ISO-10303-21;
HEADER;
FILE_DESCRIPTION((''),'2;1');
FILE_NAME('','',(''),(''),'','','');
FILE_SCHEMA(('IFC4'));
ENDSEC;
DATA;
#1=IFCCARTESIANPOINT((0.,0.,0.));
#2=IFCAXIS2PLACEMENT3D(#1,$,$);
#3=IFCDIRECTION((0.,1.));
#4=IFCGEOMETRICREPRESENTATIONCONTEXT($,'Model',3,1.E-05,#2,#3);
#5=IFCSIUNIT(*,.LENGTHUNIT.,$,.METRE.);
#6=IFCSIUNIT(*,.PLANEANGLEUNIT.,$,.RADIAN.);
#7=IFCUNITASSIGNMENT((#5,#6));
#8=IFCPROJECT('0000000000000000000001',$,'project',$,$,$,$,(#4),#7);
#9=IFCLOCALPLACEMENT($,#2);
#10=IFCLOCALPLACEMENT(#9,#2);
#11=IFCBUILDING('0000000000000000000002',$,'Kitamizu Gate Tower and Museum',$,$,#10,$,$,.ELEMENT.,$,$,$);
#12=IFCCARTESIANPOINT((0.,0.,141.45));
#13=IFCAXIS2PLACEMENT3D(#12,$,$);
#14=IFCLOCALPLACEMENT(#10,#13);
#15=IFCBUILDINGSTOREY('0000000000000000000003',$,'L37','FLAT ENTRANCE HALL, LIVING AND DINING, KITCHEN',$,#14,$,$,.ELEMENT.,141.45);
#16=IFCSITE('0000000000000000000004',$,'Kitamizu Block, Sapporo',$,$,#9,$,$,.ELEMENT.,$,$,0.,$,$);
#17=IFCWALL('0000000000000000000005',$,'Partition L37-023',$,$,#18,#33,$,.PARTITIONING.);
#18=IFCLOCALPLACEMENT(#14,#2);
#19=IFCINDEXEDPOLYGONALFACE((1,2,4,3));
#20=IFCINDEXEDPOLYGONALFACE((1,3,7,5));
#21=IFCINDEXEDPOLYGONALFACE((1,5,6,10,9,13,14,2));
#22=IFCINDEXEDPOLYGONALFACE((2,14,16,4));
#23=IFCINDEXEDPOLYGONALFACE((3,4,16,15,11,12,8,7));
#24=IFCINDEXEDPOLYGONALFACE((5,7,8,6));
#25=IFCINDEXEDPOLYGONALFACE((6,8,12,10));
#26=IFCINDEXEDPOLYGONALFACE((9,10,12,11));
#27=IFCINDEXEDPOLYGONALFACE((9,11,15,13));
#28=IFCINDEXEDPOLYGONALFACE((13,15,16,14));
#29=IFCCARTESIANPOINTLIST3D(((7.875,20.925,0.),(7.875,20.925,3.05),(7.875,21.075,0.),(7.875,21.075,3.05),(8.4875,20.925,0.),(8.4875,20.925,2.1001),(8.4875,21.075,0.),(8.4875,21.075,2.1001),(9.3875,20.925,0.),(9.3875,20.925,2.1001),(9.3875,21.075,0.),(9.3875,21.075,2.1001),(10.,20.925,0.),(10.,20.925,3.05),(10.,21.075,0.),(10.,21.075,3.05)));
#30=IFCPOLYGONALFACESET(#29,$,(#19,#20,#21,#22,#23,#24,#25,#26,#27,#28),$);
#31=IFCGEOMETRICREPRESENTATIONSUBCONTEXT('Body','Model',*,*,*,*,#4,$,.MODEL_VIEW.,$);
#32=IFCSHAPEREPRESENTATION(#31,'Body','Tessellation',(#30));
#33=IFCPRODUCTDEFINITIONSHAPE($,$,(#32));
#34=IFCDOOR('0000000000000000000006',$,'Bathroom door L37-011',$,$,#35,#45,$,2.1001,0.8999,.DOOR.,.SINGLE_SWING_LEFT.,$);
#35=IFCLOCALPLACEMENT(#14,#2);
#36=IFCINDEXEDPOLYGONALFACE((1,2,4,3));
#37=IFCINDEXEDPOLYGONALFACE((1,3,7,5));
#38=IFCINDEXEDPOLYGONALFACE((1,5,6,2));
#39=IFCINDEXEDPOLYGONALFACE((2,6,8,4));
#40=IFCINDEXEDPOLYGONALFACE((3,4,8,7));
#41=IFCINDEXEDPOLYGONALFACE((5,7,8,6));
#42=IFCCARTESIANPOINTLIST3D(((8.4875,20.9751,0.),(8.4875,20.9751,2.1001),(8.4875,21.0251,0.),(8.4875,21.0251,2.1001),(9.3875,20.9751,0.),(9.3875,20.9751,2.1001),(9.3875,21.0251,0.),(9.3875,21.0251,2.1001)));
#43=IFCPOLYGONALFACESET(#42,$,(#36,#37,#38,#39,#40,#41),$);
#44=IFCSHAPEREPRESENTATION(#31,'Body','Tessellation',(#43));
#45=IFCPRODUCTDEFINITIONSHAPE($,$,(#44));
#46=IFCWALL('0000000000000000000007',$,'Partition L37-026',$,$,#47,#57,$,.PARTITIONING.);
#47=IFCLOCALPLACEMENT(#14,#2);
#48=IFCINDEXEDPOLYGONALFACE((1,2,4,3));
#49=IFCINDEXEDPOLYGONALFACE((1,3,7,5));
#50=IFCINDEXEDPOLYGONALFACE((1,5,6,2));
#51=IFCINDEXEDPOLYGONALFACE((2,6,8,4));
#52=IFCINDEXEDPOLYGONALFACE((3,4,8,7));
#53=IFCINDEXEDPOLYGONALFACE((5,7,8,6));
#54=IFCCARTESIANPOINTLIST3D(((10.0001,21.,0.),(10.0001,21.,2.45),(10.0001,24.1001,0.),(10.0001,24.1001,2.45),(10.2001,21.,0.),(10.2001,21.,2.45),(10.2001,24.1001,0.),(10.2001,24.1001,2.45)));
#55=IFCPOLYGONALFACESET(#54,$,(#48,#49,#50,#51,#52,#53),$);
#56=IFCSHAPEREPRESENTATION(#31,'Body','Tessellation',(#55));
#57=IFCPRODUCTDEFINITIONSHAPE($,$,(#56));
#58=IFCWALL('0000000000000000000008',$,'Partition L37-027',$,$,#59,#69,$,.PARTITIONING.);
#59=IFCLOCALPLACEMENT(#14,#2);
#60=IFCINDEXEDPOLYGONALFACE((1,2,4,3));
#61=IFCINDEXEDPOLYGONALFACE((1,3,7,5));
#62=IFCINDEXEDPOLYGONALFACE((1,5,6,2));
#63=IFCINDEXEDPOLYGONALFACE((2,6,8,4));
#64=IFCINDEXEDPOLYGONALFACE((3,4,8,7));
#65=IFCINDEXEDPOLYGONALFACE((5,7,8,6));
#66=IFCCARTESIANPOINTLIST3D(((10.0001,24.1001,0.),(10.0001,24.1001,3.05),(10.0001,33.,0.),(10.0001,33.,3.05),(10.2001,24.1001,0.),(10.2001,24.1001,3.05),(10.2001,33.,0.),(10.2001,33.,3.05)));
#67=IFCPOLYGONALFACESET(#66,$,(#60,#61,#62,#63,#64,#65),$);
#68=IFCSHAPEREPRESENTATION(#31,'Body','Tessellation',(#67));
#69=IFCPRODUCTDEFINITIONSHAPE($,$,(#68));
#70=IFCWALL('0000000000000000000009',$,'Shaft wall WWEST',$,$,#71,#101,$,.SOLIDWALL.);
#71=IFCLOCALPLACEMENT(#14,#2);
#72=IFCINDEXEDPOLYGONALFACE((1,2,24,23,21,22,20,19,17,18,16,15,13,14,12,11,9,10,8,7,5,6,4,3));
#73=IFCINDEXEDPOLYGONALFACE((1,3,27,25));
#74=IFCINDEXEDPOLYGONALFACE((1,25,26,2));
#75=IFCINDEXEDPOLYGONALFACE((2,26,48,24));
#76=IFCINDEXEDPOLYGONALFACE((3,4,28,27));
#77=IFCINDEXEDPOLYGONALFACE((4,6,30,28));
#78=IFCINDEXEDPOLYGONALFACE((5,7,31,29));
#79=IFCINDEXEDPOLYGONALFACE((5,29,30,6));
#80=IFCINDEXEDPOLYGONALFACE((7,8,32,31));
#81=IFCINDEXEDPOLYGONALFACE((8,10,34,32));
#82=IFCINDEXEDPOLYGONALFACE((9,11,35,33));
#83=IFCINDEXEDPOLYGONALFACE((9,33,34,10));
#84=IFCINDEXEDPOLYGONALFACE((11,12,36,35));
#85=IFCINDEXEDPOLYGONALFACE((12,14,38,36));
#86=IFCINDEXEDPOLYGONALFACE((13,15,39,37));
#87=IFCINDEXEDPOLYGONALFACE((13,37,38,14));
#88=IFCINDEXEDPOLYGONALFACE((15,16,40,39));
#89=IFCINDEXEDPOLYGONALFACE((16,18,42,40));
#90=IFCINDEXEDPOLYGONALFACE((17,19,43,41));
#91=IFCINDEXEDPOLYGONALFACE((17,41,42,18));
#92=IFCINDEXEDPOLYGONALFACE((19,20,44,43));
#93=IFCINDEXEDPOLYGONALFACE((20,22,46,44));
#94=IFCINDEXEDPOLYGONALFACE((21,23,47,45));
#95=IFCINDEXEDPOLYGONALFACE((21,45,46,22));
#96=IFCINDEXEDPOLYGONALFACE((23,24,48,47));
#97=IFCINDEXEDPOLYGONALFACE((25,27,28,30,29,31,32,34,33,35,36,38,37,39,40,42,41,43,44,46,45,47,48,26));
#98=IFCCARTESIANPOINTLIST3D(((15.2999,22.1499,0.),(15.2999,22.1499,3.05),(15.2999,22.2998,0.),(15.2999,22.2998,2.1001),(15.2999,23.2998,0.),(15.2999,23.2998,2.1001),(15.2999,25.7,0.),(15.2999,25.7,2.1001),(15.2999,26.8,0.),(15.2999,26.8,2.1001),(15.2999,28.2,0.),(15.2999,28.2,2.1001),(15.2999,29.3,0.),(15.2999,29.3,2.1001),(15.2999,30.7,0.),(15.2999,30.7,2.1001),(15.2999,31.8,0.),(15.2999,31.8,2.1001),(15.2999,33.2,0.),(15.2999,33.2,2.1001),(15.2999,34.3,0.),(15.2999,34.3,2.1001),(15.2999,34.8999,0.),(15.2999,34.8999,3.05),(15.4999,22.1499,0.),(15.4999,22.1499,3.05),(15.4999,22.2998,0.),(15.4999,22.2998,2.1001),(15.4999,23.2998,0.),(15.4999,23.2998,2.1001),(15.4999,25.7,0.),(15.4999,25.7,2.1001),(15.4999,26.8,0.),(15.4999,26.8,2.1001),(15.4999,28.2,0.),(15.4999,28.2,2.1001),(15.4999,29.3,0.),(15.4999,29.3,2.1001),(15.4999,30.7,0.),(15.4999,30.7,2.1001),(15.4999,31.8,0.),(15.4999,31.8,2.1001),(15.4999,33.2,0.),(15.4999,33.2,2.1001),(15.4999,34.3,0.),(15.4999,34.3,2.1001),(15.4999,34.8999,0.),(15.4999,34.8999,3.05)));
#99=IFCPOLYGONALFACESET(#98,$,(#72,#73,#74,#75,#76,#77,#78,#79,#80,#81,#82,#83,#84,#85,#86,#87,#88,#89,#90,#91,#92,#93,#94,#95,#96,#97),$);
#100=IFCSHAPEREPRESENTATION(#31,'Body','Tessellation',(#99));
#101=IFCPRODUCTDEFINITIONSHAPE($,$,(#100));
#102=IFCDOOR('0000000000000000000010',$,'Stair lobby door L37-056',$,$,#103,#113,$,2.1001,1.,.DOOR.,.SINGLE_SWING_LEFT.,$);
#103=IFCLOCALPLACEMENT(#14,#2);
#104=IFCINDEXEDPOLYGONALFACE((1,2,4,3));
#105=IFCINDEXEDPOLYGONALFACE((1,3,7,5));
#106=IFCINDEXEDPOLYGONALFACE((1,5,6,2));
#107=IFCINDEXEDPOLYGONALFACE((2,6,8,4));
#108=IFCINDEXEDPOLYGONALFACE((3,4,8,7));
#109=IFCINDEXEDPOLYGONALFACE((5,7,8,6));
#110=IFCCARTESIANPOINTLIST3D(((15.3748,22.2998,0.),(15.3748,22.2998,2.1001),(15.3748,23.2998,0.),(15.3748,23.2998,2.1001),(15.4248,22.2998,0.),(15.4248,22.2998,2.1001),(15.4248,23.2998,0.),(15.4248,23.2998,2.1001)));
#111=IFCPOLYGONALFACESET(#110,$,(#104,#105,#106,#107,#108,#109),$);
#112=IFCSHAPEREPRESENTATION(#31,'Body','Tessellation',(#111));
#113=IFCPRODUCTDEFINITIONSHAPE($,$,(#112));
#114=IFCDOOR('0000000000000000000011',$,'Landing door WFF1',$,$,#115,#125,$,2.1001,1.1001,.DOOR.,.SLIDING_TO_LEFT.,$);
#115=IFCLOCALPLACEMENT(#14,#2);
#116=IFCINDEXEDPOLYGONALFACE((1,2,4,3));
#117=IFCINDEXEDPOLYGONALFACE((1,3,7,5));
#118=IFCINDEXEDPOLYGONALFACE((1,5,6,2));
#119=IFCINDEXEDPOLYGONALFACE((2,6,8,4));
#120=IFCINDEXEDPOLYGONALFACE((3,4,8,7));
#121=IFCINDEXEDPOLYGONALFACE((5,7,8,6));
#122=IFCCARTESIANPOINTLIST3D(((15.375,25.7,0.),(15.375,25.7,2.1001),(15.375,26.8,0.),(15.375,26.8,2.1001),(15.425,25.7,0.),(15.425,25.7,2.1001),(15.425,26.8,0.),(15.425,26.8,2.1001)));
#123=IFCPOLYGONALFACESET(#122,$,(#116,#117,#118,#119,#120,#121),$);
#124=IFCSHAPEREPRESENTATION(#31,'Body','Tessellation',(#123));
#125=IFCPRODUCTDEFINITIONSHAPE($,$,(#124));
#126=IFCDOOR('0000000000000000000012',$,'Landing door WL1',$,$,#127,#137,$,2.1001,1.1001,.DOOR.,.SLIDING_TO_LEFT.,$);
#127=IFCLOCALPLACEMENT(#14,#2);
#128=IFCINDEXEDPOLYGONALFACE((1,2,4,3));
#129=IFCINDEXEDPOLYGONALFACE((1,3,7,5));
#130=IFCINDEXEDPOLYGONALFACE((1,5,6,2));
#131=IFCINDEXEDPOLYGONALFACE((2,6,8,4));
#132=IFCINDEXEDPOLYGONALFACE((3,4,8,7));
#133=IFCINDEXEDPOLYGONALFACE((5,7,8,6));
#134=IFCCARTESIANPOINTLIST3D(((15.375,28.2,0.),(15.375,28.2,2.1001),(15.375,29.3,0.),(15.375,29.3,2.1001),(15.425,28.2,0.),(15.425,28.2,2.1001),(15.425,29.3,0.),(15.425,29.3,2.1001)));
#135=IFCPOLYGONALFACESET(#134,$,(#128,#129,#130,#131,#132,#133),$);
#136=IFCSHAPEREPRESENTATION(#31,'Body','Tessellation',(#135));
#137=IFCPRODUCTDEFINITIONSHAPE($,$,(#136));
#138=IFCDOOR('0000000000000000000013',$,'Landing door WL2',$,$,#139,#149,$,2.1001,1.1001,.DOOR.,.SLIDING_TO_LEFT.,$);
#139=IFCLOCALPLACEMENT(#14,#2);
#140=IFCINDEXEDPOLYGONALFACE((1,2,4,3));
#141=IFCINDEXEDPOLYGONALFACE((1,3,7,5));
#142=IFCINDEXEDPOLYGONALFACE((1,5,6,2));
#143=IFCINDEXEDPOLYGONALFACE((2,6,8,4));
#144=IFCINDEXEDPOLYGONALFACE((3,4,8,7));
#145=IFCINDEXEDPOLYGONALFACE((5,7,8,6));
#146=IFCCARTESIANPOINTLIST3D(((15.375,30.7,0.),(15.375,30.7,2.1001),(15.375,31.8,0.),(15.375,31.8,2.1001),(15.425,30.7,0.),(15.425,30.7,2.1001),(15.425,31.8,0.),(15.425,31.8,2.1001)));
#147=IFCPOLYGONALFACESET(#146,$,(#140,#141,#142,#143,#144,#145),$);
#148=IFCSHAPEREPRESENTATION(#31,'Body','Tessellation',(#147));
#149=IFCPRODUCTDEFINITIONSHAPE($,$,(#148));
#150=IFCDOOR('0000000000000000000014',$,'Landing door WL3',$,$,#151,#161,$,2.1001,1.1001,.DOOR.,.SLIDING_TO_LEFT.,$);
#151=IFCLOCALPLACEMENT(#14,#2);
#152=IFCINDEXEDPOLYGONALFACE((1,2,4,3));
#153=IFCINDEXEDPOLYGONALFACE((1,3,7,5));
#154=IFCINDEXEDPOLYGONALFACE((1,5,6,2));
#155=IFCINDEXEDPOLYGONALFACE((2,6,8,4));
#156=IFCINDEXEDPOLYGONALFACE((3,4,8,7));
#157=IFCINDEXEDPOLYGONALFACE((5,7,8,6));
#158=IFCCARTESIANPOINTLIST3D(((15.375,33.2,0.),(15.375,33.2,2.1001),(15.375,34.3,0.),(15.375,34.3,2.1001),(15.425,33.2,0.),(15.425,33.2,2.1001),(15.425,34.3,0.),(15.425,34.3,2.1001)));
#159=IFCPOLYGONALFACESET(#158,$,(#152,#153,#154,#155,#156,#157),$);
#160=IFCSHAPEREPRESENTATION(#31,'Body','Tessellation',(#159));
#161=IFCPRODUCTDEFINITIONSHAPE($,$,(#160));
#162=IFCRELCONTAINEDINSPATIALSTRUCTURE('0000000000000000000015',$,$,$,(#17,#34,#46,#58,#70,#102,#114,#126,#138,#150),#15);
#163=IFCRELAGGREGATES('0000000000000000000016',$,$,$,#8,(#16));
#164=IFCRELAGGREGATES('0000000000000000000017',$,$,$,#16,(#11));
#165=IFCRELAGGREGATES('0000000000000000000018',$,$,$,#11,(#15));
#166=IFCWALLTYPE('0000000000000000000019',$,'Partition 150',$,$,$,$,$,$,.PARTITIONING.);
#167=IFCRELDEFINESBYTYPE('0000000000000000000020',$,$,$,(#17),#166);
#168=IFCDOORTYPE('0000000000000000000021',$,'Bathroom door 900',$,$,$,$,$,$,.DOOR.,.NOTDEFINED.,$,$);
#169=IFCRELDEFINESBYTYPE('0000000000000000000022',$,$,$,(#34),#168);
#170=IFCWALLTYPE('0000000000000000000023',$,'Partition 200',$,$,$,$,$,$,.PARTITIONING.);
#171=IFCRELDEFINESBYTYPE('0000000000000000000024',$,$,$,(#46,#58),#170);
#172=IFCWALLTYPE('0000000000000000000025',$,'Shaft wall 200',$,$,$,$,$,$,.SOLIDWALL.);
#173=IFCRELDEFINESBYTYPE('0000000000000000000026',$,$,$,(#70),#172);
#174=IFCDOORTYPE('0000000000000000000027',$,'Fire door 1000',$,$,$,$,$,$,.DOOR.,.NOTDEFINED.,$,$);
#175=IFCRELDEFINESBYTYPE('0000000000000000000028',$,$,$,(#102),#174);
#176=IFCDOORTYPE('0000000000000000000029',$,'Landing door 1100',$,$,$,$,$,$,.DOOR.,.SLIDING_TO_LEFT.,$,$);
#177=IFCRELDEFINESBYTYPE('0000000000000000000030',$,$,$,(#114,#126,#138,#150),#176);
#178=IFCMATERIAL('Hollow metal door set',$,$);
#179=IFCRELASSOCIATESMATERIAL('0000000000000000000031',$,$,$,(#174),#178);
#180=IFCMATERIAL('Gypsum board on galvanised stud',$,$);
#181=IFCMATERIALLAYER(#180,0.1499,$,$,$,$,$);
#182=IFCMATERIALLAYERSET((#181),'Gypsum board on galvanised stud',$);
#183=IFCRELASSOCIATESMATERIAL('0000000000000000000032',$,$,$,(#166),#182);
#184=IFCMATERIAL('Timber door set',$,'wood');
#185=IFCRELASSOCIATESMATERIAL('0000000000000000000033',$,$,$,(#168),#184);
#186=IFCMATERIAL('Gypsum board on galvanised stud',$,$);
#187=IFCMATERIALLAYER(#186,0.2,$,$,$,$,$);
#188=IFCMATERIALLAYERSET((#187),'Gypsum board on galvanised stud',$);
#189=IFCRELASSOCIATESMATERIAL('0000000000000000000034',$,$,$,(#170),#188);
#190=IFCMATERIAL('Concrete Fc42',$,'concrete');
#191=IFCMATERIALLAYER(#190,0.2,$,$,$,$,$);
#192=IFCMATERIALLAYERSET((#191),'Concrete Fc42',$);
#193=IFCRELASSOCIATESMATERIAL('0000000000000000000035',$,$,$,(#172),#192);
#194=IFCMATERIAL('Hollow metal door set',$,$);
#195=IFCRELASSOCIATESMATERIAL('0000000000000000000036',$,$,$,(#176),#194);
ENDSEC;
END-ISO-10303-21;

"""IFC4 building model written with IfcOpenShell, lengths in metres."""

from ifc_helpers import new_model, si_unit, direction, frame, frame_2d, origin, place, context, subcontext, project, spatial, rectangle, extrude, material, layer, layer_set, type_object, element, fill, save


model = new_model("IFC4")

# Units and contexts
model_context = context("Model", 3, precision=1e-05, world=origin(), true_north=direction((0.0, 1.0)))
body_context = subcontext(model_context, "Body", "Model", "MODEL_VIEW")
ifc_project = project(units=[si_unit("LENGTHUNIT", "METRE"), si_unit("PLANEANGLEUNIT", "RADIAN")], contexts=[model_context])

# Site, building, storey
site_placement = place(None, origin())
site = spatial("IfcSite", under=ifc_project, at=site_placement, Name="Kitamizu Block, Sapporo", CompositionType="ELEMENT", RefElevation=0.0)
building_placement = place(site_placement, origin())
building = spatial("IfcBuilding", under=site, at=building_placement, Name="Kitamizu Gate Tower and Museum", CompositionType="ELEMENT")
storey_placement = place(building_placement, frame((0.0, 0.0, 141.45)))
storey = spatial("IfcBuildingStorey", under=building, at=storey_placement, Name="L37", Description="FLAT ENTRANCE HALL, LIVING AND DINING, KITCHEN", CompositionType="ELEMENT", Elevation=141.45)

# Shared definitions
ifc_material_1 = material(Name="Hollow metal door set")
door_type_1 = type_object("IfcDoorType", Name="Fire door 1000", OperationType="NOTDEFINED", PredefinedType="DOOR", material=ifc_material_1)

# Wall, opening, door
ifc_material_2 = material(Name="Gypsum board on galvanised stud")
ifc_layer_1 = layer(ifc_material_2, 0.1499)
ifc_layer_set_1 = layer_set([ifc_layer_1], Name="Gypsum board on galvanised stud")
wall_type_1 = type_object("IfcWallType", Name="Partition 150", PredefinedType="PARTITIONING", material=ifc_layer_set_1)
ifc_material_3 = material(Name="Timber door set", Category="wood")
door_type_2 = type_object("IfcDoorType", Name="Bathroom door 900", OperationType="NOTDEFINED", PredefinedType="DOOR", material=ifc_material_3)
wall_1_placement = place(storey_placement, frame((10.0, 21.0, 0.0), z_axis=(0.0, 0.0, 1.0), x_axis=(-1.0, 0.0, 0.0)))
wall_1 = element("IfcWall", 1, at=wall_1_placement, inside=storey, type_object=wall_type_1, Name="Partition L37-023", PredefinedType="PARTITIONING", context=body_context, shape_type="SweptSolid", body=[
    extrude(rectangle(XDim=2.125, YDim=0.1499, at=frame_2d((1.0625, 0.0))), origin(), (0.0, 0.0, 1.0), 3.05),
])
opening_1_placement = place(wall_1_placement, frame((0.6125, 0.0, 0.0)))
opening_1 = element("IfcOpeningElement", 2, at=opening_1_placement, cuts=wall_1, PredefinedType="OPENING", context=body_context, shape_type="SweptSolid", body=[
    extrude(rectangle(XDim=0.8999, YDim=2.1001, at=frame_2d((0.45, 1.05))), frame((0.0, 0.085, 0.0), z_axis=(0.0, -1.0, 0.0), x_axis=(1.0, 0.0, 0.0)), (0.0, 0.0, 1.0), 0.1699),
])
door_1_placement = place(opening_1_placement, origin())
door_1 = element("IfcDoor", 3, at=door_1_placement, inside=storey, type_object=door_type_2, Name="Bathroom door L37-011", OperationType="SINGLE_SWING_LEFT", OverallHeight=2.1001, OverallWidth=0.8999, PredefinedType="DOOR", context=body_context, shape_type="SweptSolid", body=[
    extrude(rectangle(XDim=0.8999, YDim=2.1001, at=frame_2d((0.45, 1.05))), frame((0.0, 0.0249, 0.0), z_axis=(0.0, -1.0, 0.0), x_axis=(1.0, 0.0, 0.0)), (0.0, 0.0, 1.0), 0.05),
])
fill(opening_1, door_1)

# Walls
ifc_material_4 = material(Name="Gypsum board on galvanised stud")
ifc_layer_2 = layer(ifc_material_4, 0.2)
ifc_layer_set_2 = layer_set([ifc_layer_2], Name="Gypsum board on galvanised stud")
wall_type_2 = type_object("IfcWallType", Name="Partition 200", PredefinedType="PARTITIONING", material=ifc_layer_set_2)
wall_2_placement = place(storey_placement, frame((10.1001, 21.0, 0.0), z_axis=(0.0, 0.0, 1.0), x_axis=(0.0, 1.0, 0.0)))
element("IfcWall", 4, at=wall_2_placement, inside=storey, type_object=wall_type_2, Name="Partition L37-026", PredefinedType="PARTITIONING", context=body_context, shape_type="SweptSolid", body=[
    extrude(rectangle(XDim=3.1001, YDim=0.2, at=frame_2d((1.55, 0.0))), origin(), (0.0, 0.0, 1.0), 2.45),
])
wall_3_placement = place(storey_placement, frame((10.1001, 24.1001, 0.0), z_axis=(0.0, 0.0, 1.0), x_axis=(0.0, 1.0, 0.0)))
element("IfcWall", 5, at=wall_3_placement, inside=storey, type_object=wall_type_2, Name="Partition L37-027", PredefinedType="PARTITIONING", context=body_context, shape_type="SweptSolid", body=[
    extrude(rectangle(XDim=8.8999, YDim=0.2, at=frame_2d((4.45, 0.0))), origin(), (0.0, 0.0, 1.0), 3.05),
])

# Wall, openings, doors
ifc_material_5 = material(Name="Concrete Fc42", Category="concrete")
ifc_layer_3 = layer(ifc_material_5, 0.2)
ifc_layer_set_3 = layer_set([ifc_layer_3], Name="Concrete Fc42")
wall_type_3 = type_object("IfcWallType", Name="Shaft wall 200", PredefinedType="SOLIDWALL", material=ifc_layer_set_3)
wall_4_placement = place(storey_placement, frame((15.3999, 22.1499, 0.0), z_axis=(0.0, 0.0, 1.0), x_axis=(0.0, 1.0, 0.0)))
wall_4 = element("IfcWall", 6, at=wall_4_placement, inside=storey, type_object=wall_type_3, Name="Shaft wall WWEST", PredefinedType="SOLIDWALL", context=body_context, shape_type="SweptSolid", body=[
    extrude(rectangle(XDim=12.75, YDim=0.2, at=frame_2d((6.375, 0.0))), origin(), (0.0, 0.0, 1.0), 3.05),
])
opening_2_placement = place(wall_4_placement, frame((3.55, 0.0, 0.0)))
opening_2 = element("IfcOpeningElement", 7, at=opening_2_placement, cuts=wall_4, PredefinedType="OPENING", context=body_context, shape_type="SweptSolid", body=[
    extrude(rectangle(XDim=1.1001, YDim=2.1001, at=frame_2d((0.55, 1.05))), frame((0.0, 0.1099, 0.0), z_axis=(0.0, -1.0, 0.0), x_axis=(1.0, 0.0, 0.0)), (0.0, 0.0, 1.0), 0.22),
])
opening_3_placement = place(wall_4_placement, frame((6.05, 0.0, 0.0)))
opening_3 = element("IfcOpeningElement", 8, at=opening_3_placement, cuts=wall_4, PredefinedType="OPENING", context=body_context, shape_type="SweptSolid", body=[
    extrude(rectangle(XDim=1.1001, YDim=2.1001, at=frame_2d((0.55, 1.05))), frame((0.0, 0.1099, 0.0), z_axis=(0.0, -1.0, 0.0), x_axis=(1.0, 0.0, 0.0)), (0.0, 0.0, 1.0), 0.22),
])
opening_4_placement = place(wall_4_placement, frame((8.55, 0.0, 0.0)))
opening_4 = element("IfcOpeningElement", 9, at=opening_4_placement, cuts=wall_4, PredefinedType="OPENING", context=body_context, shape_type="SweptSolid", body=[
    extrude(rectangle(XDim=1.1001, YDim=2.1001, at=frame_2d((0.55, 1.05))), frame((0.0, 0.1099, 0.0), z_axis=(0.0, -1.0, 0.0), x_axis=(1.0, 0.0, 0.0)), (0.0, 0.0, 1.0), 0.22),
])
opening_5_placement = place(wall_4_placement, frame((11.05, 0.0, 0.0)))
opening_5 = element("IfcOpeningElement", 10, at=opening_5_placement, cuts=wall_4, PredefinedType="OPENING", context=body_context, shape_type="SweptSolid", body=[
    extrude(rectangle(XDim=1.1001, YDim=2.1001, at=frame_2d((0.55, 1.05))), frame((0.0, 0.1099, 0.0), z_axis=(0.0, -1.0, 0.0), x_axis=(1.0, 0.0, 0.0)), (0.0, 0.0, 1.0), 0.22),
])
opening_6_placement = place(wall_4_placement, frame((0.1499, 0.0, 0.0)))
opening_6 = element("IfcOpeningElement", 11, at=opening_6_placement, cuts=wall_4, PredefinedType="OPENING", context=body_context, shape_type="SweptSolid", body=[
    extrude(rectangle(XDim=1.0, YDim=2.1001, at=frame_2d((0.5, 1.05))), frame((0.0, 0.1099, 0.0), z_axis=(0.0, -1.0, 0.0), x_axis=(1.0, 0.0, 0.0)), (0.0, 0.0, 1.0), 0.22),
])
door_2_placement = place(opening_6_placement, frame((1.0, 0.0, 0.0), x_axis=(-1.0, 0.0, 0.0)))
door_2 = element("IfcDoor", 12, at=door_2_placement, inside=storey, type_object=door_type_1, Name="Stair lobby door L37-056", OperationType="SINGLE_SWING_LEFT", OverallHeight=2.1001, OverallWidth=1.0, PredefinedType="DOOR", context=body_context, shape_type="SweptSolid", body=[
    extrude(rectangle(XDim=1.0, YDim=2.1001, at=frame_2d((0.5, 1.05))), frame((0.0, 0.0249, 0.0), z_axis=(0.0, -1.0, 0.0), x_axis=(1.0, 0.0, 0.0)), (0.0, 0.0, 1.0), 0.05),
])
fill(opening_6, door_2)
ifc_material_6 = material(Name="Hollow metal door set")
door_type_3 = type_object("IfcDoorType", Name="Landing door 1100", OperationType="SLIDING_TO_LEFT", PredefinedType="DOOR", material=ifc_material_6)
door_3_placement = place(opening_2_placement, origin())
door_3 = element("IfcDoor", 13, at=door_3_placement, inside=storey, type_object=door_type_3, Name="Landing door WFF1", OperationType="SLIDING_TO_LEFT", OverallHeight=2.1001, OverallWidth=1.1001, PredefinedType="DOOR", context=body_context, shape_type="SweptSolid", body=[
    extrude(rectangle(XDim=1.1001, YDim=2.1001, at=frame_2d((0.55, 1.05))), frame((0.0, 0.0249, 0.0), z_axis=(0.0, -1.0, 0.0), x_axis=(1.0, 0.0, 0.0)), (0.0, 0.0, 1.0), 0.05),
])
fill(opening_2, door_3)
door_4_placement = place(opening_3_placement, origin())
door_4 = element("IfcDoor", 14, at=door_4_placement, inside=storey, type_object=door_type_3, Name="Landing door WL1", OperationType="SLIDING_TO_LEFT", OverallHeight=2.1001, OverallWidth=1.1001, PredefinedType="DOOR", context=body_context, shape_type="SweptSolid", body=[
    extrude(rectangle(XDim=1.1001, YDim=2.1001, at=frame_2d((0.55, 1.05))), frame((0.0, 0.0249, 0.0), z_axis=(0.0, -1.0, 0.0), x_axis=(1.0, 0.0, 0.0)), (0.0, 0.0, 1.0), 0.05),
])
fill(opening_3, door_4)
door_5_placement = place(opening_4_placement, origin())
door_5 = element("IfcDoor", 15, at=door_5_placement, inside=storey, type_object=door_type_3, Name="Landing door WL2", OperationType="SLIDING_TO_LEFT", OverallHeight=2.1001, OverallWidth=1.1001, PredefinedType="DOOR", context=body_context, shape_type="SweptSolid", body=[
    extrude(rectangle(XDim=1.1001, YDim=2.1001, at=frame_2d((0.55, 1.05))), frame((0.0, 0.0249, 0.0), z_axis=(0.0, -1.0, 0.0), x_axis=(1.0, 0.0, 0.0)), (0.0, 0.0, 1.0), 0.05),
])
fill(opening_4, door_5)
door_6_placement = place(opening_5_placement, origin())
door_6 = element("IfcDoor", 16, at=door_6_placement, inside=storey, type_object=door_type_3, Name="Landing door WL3", OperationType="SLIDING_TO_LEFT", OverallHeight=2.1001, OverallWidth=1.1001, PredefinedType="DOOR", context=body_context, shape_type="SweptSolid", body=[
    extrude(rectangle(XDim=1.1001, YDim=2.1001, at=frame_2d((0.55, 1.05))), frame((0.0, 0.0249, 0.0), z_axis=(0.0, -1.0, 0.0), x_axis=(1.0, 0.0, 0.0)), (0.0, 0.0, 1.0), 0.05),
])
fill(opening_5, door_6)

save(model, "model.ifc")
